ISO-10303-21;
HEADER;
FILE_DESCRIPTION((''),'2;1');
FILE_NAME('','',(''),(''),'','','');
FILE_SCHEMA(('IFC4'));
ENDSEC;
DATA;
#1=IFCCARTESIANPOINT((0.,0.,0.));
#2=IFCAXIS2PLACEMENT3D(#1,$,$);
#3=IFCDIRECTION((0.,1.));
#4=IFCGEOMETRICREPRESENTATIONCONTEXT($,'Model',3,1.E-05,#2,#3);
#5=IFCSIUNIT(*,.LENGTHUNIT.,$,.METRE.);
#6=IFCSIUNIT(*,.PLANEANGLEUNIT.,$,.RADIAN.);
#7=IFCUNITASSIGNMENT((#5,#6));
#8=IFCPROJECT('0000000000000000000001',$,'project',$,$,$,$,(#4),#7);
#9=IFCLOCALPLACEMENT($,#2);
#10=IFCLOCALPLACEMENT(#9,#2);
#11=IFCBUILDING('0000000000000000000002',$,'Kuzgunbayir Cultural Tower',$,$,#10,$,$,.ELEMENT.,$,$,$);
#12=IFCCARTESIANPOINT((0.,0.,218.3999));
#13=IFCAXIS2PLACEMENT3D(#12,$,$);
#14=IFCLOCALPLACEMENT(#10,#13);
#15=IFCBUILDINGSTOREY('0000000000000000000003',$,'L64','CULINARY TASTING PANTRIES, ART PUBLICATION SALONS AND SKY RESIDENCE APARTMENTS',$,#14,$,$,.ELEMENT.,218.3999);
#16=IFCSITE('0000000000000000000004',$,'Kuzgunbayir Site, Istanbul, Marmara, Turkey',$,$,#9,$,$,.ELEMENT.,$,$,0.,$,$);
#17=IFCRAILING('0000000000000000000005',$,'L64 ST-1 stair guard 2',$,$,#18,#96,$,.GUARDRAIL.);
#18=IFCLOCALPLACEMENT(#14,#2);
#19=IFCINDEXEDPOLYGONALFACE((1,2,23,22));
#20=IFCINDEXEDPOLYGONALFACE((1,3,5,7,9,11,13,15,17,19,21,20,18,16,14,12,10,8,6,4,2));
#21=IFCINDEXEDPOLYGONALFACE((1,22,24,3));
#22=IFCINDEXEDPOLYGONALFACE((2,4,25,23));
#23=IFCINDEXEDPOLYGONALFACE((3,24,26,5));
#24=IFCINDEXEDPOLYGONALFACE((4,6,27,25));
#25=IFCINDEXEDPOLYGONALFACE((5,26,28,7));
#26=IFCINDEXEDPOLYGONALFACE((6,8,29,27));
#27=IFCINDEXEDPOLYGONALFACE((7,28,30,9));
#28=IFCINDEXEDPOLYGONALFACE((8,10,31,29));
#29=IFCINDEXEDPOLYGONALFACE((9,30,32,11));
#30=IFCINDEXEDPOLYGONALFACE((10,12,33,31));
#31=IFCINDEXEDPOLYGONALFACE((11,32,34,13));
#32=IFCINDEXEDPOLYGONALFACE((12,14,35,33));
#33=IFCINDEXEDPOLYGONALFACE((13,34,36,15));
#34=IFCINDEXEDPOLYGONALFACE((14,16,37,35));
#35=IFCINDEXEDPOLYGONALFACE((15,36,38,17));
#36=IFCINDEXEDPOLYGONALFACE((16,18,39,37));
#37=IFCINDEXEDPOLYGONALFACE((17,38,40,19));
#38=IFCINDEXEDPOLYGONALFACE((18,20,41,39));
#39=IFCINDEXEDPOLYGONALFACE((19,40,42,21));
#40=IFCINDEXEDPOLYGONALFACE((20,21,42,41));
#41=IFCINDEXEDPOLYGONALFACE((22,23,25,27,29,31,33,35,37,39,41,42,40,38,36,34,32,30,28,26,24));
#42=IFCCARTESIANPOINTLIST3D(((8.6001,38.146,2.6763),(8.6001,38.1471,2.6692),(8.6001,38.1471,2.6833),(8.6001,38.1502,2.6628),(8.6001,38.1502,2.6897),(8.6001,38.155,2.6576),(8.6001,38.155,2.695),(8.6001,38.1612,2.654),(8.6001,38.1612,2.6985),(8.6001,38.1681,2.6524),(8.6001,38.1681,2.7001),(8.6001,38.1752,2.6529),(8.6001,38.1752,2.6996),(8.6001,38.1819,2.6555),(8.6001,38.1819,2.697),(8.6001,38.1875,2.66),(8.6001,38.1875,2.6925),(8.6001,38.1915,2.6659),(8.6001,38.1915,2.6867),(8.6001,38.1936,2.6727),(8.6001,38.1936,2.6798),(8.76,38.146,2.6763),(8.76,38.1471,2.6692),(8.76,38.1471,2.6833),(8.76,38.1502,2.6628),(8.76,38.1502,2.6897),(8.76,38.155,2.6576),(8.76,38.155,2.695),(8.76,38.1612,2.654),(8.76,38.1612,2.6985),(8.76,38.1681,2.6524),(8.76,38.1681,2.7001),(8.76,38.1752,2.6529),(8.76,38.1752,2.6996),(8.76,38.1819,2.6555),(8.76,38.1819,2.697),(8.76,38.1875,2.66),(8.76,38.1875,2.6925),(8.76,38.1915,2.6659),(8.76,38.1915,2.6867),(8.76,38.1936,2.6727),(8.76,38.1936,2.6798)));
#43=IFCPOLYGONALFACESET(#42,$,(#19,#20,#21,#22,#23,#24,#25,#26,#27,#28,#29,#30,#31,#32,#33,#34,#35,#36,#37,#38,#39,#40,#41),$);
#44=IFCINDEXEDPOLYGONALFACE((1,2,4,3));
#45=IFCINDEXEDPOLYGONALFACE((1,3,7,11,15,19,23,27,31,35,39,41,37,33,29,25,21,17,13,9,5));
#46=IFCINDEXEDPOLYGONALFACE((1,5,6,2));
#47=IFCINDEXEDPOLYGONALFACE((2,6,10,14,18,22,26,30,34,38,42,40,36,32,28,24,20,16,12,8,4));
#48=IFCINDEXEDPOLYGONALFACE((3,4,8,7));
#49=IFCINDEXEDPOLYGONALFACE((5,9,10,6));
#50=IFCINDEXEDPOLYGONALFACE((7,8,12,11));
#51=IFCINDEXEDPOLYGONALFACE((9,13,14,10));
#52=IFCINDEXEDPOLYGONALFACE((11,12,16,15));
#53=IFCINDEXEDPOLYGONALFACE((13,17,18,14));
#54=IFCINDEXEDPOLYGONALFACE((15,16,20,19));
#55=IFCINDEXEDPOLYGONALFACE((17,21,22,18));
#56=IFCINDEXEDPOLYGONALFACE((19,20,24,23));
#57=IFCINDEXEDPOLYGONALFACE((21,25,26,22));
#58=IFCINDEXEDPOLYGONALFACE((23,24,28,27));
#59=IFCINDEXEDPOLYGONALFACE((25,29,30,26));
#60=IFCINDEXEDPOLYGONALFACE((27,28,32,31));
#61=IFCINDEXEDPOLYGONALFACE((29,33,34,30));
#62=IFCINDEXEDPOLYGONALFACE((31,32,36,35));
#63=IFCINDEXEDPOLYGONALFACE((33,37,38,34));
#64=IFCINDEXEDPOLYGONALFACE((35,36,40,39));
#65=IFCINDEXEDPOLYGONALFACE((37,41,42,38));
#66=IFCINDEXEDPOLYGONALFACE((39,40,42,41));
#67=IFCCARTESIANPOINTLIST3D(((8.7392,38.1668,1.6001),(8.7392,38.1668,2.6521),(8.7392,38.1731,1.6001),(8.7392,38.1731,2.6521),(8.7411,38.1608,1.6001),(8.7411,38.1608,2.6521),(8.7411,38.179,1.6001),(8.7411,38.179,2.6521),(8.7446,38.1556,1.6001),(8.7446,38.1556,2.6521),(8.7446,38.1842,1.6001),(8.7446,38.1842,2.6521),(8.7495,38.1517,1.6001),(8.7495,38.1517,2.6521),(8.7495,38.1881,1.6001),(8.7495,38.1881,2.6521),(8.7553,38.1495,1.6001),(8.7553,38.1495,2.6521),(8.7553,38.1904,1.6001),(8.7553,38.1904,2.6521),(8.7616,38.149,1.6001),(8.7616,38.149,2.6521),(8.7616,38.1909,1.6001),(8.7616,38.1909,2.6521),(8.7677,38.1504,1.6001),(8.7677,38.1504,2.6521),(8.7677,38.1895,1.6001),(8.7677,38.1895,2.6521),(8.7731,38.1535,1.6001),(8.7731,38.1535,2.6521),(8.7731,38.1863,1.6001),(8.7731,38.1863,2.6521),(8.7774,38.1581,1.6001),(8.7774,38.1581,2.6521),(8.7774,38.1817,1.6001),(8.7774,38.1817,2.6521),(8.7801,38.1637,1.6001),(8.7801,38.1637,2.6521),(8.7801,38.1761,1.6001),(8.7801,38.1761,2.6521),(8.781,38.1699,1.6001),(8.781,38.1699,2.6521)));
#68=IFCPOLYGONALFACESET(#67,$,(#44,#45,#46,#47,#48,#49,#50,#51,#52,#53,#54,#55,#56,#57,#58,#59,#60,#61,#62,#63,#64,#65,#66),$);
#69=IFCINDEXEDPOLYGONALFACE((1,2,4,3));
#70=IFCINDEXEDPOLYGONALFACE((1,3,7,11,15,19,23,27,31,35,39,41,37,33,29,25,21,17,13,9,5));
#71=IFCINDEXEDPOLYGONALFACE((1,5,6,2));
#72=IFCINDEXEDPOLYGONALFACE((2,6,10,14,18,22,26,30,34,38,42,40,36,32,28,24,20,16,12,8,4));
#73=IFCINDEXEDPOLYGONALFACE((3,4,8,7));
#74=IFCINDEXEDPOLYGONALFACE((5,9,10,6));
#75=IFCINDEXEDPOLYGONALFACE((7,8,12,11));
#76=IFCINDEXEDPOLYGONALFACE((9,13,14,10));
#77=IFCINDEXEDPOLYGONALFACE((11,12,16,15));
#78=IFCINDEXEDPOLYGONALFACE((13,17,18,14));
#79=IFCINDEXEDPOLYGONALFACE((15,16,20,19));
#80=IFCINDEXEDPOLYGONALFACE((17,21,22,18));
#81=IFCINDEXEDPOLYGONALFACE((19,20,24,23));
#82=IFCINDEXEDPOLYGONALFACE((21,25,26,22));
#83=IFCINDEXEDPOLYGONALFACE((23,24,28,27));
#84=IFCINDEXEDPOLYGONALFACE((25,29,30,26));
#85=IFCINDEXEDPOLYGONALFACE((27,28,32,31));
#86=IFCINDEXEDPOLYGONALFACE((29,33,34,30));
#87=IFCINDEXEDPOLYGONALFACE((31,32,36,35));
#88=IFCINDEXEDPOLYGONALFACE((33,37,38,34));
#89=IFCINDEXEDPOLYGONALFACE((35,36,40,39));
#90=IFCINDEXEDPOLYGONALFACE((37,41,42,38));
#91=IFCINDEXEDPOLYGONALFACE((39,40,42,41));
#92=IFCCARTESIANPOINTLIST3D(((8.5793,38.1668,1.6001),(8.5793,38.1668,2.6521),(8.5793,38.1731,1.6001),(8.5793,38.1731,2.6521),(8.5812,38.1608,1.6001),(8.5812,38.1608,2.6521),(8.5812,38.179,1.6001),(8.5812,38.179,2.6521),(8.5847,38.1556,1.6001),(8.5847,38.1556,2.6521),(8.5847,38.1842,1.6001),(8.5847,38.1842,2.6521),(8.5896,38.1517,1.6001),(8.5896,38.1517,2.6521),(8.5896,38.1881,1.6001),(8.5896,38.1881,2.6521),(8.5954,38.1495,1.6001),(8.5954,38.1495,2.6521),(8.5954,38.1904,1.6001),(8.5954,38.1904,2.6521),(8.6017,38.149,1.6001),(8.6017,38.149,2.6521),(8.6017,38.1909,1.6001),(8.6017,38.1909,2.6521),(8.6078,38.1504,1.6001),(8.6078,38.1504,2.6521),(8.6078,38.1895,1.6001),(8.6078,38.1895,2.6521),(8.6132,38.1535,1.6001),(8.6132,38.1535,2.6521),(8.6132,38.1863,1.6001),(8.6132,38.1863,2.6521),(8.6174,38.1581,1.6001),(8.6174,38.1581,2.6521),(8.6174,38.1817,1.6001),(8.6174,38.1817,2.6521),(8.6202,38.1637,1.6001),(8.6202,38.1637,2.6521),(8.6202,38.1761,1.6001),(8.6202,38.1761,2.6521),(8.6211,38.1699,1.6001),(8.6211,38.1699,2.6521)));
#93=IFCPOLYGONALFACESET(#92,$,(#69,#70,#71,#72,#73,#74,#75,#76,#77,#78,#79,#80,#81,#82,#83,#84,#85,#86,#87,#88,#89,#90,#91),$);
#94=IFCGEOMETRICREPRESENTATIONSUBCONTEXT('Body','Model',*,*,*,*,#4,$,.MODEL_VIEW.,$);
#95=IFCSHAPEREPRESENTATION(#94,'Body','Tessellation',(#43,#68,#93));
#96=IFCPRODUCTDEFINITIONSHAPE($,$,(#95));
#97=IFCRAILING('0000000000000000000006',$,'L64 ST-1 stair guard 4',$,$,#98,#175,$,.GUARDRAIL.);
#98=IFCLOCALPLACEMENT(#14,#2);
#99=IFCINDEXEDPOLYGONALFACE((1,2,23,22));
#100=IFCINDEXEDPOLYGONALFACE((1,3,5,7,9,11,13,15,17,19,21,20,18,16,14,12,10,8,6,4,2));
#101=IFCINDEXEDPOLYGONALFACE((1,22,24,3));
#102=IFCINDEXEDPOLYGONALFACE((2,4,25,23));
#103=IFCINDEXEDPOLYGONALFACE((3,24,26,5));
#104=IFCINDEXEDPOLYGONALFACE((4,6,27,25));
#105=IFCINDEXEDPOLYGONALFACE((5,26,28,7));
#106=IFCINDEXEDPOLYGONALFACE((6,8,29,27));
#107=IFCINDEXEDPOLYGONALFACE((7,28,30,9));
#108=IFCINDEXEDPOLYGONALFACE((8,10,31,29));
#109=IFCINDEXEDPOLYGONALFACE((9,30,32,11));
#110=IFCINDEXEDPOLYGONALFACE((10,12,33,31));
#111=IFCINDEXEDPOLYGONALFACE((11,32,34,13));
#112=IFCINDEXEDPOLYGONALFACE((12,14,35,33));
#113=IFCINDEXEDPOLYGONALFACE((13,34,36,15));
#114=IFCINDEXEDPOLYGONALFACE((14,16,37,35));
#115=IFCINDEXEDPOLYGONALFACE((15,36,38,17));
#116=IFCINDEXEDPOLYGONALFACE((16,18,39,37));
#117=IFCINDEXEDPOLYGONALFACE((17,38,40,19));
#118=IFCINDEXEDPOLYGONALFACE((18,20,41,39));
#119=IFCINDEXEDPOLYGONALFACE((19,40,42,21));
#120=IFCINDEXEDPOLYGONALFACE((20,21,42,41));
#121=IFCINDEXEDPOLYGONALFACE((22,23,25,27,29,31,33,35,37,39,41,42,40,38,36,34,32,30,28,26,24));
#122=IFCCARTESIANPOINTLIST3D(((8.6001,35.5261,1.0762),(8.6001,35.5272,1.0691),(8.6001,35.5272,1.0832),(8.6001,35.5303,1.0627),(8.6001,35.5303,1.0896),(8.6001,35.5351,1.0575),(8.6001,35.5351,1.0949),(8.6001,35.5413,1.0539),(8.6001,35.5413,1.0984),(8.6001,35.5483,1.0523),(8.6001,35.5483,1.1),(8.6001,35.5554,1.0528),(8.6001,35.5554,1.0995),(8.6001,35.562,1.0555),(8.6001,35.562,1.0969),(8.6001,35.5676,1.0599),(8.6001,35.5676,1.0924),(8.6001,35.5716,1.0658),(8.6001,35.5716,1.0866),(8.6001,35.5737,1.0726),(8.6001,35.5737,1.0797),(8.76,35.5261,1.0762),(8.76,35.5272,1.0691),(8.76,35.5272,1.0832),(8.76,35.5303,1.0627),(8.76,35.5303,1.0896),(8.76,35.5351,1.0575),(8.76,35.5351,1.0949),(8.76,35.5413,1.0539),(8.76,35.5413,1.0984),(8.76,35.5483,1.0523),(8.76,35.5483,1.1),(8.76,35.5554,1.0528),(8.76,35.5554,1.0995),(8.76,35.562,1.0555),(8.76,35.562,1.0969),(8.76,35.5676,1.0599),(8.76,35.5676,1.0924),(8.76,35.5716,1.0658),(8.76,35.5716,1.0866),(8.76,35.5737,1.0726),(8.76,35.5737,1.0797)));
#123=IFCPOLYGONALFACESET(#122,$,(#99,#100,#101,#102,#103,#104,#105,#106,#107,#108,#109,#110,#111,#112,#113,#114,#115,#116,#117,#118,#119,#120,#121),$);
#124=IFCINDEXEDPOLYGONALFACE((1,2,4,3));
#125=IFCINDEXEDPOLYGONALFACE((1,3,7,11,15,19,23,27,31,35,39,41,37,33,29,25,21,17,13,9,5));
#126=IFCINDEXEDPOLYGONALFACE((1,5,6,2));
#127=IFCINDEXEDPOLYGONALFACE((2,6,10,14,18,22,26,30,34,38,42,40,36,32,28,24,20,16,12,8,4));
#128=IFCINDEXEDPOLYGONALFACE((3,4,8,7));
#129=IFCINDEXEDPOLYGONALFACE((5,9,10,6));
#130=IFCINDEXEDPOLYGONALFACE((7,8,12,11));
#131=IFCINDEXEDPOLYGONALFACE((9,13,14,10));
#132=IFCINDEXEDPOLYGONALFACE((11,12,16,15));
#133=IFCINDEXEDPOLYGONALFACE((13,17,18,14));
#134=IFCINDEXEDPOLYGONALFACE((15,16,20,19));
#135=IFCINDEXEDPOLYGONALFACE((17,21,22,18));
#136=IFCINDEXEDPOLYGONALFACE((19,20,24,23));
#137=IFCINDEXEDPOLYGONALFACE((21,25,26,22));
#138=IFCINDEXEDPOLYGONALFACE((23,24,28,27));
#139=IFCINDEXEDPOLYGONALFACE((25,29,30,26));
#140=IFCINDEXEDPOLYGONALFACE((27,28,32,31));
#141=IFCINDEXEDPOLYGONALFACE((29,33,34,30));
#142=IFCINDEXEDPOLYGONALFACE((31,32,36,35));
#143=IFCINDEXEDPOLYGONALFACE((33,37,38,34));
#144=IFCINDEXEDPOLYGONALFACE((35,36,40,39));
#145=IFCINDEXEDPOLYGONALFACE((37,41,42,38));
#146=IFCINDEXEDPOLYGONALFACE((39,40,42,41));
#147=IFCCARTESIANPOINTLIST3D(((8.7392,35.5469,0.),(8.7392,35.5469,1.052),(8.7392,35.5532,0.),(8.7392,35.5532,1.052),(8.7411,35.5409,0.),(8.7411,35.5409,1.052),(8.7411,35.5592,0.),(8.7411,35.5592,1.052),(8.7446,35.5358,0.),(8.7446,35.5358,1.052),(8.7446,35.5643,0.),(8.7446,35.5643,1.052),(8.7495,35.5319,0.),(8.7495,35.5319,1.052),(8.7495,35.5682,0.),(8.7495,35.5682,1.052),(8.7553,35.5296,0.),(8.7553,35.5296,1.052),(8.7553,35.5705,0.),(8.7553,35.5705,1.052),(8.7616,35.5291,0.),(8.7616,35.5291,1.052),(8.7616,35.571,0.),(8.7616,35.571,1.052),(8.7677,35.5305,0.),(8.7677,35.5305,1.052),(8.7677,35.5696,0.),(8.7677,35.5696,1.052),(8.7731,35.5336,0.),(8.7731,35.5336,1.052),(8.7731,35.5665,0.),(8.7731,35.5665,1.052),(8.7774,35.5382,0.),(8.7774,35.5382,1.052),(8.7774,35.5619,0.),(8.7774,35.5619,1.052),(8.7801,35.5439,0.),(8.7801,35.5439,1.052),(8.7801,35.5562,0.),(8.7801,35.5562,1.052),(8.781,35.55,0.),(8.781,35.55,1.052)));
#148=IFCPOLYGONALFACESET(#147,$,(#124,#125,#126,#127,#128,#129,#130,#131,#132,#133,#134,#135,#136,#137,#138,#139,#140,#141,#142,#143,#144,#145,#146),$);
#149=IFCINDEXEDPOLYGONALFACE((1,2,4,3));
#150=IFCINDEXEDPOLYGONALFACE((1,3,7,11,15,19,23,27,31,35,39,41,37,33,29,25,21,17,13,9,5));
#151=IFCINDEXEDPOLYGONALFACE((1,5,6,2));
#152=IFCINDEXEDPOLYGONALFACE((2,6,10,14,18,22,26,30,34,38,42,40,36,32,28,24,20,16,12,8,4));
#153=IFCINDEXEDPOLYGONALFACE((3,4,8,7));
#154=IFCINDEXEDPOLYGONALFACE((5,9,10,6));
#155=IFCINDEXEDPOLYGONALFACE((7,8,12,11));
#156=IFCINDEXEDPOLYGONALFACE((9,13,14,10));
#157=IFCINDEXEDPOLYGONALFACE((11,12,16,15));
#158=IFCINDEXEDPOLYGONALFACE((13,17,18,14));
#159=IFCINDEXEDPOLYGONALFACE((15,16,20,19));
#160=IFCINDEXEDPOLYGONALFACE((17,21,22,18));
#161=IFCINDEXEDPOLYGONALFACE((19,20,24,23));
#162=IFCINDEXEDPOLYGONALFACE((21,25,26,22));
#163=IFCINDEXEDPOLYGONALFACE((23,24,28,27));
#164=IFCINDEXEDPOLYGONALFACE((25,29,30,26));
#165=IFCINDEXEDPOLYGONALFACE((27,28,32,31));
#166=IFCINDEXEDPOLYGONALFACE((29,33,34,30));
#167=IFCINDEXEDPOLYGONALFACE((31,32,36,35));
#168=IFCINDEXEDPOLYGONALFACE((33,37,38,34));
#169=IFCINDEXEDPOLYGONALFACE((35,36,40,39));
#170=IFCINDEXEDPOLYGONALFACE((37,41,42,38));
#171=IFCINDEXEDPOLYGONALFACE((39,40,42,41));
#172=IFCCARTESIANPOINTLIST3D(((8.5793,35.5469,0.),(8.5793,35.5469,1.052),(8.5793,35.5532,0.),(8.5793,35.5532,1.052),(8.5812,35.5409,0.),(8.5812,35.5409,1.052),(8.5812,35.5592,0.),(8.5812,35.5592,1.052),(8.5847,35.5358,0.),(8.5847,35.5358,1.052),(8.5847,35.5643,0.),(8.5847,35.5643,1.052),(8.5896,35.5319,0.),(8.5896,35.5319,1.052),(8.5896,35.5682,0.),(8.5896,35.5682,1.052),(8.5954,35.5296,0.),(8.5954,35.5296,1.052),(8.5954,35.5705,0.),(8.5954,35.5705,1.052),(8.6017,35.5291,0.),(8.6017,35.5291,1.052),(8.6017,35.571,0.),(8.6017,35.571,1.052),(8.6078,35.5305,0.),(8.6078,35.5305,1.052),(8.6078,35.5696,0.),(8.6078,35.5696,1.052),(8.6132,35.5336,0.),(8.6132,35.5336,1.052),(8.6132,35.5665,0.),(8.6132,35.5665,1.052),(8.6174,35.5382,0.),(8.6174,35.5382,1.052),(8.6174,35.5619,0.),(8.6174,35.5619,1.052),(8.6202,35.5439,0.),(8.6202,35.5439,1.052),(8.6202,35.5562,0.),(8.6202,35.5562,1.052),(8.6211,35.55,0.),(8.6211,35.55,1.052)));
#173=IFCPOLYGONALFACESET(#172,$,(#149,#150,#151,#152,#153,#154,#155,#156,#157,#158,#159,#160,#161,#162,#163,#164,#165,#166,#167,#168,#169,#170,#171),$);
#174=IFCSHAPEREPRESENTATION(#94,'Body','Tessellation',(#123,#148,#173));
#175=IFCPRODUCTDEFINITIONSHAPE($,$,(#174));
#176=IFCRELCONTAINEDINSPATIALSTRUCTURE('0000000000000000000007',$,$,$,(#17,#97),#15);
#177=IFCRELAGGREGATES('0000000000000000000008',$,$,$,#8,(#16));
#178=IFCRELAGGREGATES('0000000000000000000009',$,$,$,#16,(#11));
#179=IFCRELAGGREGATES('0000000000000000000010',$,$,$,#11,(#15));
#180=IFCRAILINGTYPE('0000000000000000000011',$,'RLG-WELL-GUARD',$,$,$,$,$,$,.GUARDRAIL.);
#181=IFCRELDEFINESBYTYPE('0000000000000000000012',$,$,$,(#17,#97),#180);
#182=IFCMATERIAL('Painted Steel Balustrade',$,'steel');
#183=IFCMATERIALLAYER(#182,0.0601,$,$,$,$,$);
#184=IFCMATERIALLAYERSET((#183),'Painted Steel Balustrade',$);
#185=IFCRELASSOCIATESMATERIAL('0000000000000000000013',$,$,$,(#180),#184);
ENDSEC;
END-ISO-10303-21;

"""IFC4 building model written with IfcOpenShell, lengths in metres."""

from ifc_helpers import new_model, si_unit, direction, frame, origin, origin_2d, place, context, subcontext, project, spatial, circle, extrude, material, layer, layer_set, type_object, element, save


model = new_model("IFC4")

# Units and contexts
model_context = context("Model", 3, precision=1e-05, world=origin(), true_north=direction((0.0, 1.0)))
body_context = subcontext(model_context, "Body", "Model", "MODEL_VIEW")
ifc_project = project(units=[si_unit("LENGTHUNIT", "METRE"), si_unit("PLANEANGLEUNIT", "RADIAN")], contexts=[model_context])

# Site, building, storey
site_placement = place(None, origin())
site = spatial("IfcSite", under=ifc_project, at=site_placement, Name="Kuzgunbayir Site, Istanbul, Marmara, Turkey", CompositionType="ELEMENT", RefElevation=0.0)
building_placement = place(site_placement, origin())
building = spatial("IfcBuilding", under=site, at=building_placement, Name="Kuzgunbayir Cultural Tower", CompositionType="ELEMENT")
storey_placement = place(building_placement, frame((0.0, 0.0, 218.3999)))
storey = spatial("IfcBuildingStorey", under=building, at=storey_placement, Name="L64", Description="CULINARY TASTING PANTRIES, ART PUBLICATION SALONS AND SKY RESIDENCE APARTMENTS", CompositionType="ELEMENT", Elevation=218.3999)

# Railings
ifc_material_1 = material(Name="Painted Steel Balustrade", Category="steel")
ifc_layer_1 = layer(ifc_material_1, 0.0601)
ifc_layer_set_1 = layer_set([ifc_layer_1], Name="Painted Steel Balustrade")
railing_type_1 = type_object("IfcRailingType", Name="RLG-WELL-GUARD", PredefinedType="GUARDRAIL", material=ifc_layer_set_1)
for number, where, name in (
    (1, (8.76, 38.1699, 1.6001), "L64 ST-1 stair guard 2"),
    (2, (8.76, 35.55, 0.0), "L64 ST-1 stair guard 4"),
):
    element("IfcRailing", number, at=place(storey_placement, frame(where)), inside=storey, type_object=railing_type_1, Name=name, PredefinedType="GUARDRAIL", context=body_context, shape_type="SweptSolid", body=[
        extrude(circle(Radius=0.0239, at=origin_2d()), frame((0.0, 0.0, 1.0762), z_axis=(-1.0, 0.0, 0.0), x_axis=(0.0, -1.0, 0.0)), (0.0, 0.0, 1.0), 0.1599),
        extrude(circle(Radius=0.021, at=origin_2d()), origin(), (0.0, 0.0, 1.0), 1.052),
        extrude(circle(Radius=0.021, at=origin_2d()), frame((-0.1599, 0.0, 0.0)), (0.0, 0.0, 1.0), 1.052),
    ])

save(model, "model.ifc")
